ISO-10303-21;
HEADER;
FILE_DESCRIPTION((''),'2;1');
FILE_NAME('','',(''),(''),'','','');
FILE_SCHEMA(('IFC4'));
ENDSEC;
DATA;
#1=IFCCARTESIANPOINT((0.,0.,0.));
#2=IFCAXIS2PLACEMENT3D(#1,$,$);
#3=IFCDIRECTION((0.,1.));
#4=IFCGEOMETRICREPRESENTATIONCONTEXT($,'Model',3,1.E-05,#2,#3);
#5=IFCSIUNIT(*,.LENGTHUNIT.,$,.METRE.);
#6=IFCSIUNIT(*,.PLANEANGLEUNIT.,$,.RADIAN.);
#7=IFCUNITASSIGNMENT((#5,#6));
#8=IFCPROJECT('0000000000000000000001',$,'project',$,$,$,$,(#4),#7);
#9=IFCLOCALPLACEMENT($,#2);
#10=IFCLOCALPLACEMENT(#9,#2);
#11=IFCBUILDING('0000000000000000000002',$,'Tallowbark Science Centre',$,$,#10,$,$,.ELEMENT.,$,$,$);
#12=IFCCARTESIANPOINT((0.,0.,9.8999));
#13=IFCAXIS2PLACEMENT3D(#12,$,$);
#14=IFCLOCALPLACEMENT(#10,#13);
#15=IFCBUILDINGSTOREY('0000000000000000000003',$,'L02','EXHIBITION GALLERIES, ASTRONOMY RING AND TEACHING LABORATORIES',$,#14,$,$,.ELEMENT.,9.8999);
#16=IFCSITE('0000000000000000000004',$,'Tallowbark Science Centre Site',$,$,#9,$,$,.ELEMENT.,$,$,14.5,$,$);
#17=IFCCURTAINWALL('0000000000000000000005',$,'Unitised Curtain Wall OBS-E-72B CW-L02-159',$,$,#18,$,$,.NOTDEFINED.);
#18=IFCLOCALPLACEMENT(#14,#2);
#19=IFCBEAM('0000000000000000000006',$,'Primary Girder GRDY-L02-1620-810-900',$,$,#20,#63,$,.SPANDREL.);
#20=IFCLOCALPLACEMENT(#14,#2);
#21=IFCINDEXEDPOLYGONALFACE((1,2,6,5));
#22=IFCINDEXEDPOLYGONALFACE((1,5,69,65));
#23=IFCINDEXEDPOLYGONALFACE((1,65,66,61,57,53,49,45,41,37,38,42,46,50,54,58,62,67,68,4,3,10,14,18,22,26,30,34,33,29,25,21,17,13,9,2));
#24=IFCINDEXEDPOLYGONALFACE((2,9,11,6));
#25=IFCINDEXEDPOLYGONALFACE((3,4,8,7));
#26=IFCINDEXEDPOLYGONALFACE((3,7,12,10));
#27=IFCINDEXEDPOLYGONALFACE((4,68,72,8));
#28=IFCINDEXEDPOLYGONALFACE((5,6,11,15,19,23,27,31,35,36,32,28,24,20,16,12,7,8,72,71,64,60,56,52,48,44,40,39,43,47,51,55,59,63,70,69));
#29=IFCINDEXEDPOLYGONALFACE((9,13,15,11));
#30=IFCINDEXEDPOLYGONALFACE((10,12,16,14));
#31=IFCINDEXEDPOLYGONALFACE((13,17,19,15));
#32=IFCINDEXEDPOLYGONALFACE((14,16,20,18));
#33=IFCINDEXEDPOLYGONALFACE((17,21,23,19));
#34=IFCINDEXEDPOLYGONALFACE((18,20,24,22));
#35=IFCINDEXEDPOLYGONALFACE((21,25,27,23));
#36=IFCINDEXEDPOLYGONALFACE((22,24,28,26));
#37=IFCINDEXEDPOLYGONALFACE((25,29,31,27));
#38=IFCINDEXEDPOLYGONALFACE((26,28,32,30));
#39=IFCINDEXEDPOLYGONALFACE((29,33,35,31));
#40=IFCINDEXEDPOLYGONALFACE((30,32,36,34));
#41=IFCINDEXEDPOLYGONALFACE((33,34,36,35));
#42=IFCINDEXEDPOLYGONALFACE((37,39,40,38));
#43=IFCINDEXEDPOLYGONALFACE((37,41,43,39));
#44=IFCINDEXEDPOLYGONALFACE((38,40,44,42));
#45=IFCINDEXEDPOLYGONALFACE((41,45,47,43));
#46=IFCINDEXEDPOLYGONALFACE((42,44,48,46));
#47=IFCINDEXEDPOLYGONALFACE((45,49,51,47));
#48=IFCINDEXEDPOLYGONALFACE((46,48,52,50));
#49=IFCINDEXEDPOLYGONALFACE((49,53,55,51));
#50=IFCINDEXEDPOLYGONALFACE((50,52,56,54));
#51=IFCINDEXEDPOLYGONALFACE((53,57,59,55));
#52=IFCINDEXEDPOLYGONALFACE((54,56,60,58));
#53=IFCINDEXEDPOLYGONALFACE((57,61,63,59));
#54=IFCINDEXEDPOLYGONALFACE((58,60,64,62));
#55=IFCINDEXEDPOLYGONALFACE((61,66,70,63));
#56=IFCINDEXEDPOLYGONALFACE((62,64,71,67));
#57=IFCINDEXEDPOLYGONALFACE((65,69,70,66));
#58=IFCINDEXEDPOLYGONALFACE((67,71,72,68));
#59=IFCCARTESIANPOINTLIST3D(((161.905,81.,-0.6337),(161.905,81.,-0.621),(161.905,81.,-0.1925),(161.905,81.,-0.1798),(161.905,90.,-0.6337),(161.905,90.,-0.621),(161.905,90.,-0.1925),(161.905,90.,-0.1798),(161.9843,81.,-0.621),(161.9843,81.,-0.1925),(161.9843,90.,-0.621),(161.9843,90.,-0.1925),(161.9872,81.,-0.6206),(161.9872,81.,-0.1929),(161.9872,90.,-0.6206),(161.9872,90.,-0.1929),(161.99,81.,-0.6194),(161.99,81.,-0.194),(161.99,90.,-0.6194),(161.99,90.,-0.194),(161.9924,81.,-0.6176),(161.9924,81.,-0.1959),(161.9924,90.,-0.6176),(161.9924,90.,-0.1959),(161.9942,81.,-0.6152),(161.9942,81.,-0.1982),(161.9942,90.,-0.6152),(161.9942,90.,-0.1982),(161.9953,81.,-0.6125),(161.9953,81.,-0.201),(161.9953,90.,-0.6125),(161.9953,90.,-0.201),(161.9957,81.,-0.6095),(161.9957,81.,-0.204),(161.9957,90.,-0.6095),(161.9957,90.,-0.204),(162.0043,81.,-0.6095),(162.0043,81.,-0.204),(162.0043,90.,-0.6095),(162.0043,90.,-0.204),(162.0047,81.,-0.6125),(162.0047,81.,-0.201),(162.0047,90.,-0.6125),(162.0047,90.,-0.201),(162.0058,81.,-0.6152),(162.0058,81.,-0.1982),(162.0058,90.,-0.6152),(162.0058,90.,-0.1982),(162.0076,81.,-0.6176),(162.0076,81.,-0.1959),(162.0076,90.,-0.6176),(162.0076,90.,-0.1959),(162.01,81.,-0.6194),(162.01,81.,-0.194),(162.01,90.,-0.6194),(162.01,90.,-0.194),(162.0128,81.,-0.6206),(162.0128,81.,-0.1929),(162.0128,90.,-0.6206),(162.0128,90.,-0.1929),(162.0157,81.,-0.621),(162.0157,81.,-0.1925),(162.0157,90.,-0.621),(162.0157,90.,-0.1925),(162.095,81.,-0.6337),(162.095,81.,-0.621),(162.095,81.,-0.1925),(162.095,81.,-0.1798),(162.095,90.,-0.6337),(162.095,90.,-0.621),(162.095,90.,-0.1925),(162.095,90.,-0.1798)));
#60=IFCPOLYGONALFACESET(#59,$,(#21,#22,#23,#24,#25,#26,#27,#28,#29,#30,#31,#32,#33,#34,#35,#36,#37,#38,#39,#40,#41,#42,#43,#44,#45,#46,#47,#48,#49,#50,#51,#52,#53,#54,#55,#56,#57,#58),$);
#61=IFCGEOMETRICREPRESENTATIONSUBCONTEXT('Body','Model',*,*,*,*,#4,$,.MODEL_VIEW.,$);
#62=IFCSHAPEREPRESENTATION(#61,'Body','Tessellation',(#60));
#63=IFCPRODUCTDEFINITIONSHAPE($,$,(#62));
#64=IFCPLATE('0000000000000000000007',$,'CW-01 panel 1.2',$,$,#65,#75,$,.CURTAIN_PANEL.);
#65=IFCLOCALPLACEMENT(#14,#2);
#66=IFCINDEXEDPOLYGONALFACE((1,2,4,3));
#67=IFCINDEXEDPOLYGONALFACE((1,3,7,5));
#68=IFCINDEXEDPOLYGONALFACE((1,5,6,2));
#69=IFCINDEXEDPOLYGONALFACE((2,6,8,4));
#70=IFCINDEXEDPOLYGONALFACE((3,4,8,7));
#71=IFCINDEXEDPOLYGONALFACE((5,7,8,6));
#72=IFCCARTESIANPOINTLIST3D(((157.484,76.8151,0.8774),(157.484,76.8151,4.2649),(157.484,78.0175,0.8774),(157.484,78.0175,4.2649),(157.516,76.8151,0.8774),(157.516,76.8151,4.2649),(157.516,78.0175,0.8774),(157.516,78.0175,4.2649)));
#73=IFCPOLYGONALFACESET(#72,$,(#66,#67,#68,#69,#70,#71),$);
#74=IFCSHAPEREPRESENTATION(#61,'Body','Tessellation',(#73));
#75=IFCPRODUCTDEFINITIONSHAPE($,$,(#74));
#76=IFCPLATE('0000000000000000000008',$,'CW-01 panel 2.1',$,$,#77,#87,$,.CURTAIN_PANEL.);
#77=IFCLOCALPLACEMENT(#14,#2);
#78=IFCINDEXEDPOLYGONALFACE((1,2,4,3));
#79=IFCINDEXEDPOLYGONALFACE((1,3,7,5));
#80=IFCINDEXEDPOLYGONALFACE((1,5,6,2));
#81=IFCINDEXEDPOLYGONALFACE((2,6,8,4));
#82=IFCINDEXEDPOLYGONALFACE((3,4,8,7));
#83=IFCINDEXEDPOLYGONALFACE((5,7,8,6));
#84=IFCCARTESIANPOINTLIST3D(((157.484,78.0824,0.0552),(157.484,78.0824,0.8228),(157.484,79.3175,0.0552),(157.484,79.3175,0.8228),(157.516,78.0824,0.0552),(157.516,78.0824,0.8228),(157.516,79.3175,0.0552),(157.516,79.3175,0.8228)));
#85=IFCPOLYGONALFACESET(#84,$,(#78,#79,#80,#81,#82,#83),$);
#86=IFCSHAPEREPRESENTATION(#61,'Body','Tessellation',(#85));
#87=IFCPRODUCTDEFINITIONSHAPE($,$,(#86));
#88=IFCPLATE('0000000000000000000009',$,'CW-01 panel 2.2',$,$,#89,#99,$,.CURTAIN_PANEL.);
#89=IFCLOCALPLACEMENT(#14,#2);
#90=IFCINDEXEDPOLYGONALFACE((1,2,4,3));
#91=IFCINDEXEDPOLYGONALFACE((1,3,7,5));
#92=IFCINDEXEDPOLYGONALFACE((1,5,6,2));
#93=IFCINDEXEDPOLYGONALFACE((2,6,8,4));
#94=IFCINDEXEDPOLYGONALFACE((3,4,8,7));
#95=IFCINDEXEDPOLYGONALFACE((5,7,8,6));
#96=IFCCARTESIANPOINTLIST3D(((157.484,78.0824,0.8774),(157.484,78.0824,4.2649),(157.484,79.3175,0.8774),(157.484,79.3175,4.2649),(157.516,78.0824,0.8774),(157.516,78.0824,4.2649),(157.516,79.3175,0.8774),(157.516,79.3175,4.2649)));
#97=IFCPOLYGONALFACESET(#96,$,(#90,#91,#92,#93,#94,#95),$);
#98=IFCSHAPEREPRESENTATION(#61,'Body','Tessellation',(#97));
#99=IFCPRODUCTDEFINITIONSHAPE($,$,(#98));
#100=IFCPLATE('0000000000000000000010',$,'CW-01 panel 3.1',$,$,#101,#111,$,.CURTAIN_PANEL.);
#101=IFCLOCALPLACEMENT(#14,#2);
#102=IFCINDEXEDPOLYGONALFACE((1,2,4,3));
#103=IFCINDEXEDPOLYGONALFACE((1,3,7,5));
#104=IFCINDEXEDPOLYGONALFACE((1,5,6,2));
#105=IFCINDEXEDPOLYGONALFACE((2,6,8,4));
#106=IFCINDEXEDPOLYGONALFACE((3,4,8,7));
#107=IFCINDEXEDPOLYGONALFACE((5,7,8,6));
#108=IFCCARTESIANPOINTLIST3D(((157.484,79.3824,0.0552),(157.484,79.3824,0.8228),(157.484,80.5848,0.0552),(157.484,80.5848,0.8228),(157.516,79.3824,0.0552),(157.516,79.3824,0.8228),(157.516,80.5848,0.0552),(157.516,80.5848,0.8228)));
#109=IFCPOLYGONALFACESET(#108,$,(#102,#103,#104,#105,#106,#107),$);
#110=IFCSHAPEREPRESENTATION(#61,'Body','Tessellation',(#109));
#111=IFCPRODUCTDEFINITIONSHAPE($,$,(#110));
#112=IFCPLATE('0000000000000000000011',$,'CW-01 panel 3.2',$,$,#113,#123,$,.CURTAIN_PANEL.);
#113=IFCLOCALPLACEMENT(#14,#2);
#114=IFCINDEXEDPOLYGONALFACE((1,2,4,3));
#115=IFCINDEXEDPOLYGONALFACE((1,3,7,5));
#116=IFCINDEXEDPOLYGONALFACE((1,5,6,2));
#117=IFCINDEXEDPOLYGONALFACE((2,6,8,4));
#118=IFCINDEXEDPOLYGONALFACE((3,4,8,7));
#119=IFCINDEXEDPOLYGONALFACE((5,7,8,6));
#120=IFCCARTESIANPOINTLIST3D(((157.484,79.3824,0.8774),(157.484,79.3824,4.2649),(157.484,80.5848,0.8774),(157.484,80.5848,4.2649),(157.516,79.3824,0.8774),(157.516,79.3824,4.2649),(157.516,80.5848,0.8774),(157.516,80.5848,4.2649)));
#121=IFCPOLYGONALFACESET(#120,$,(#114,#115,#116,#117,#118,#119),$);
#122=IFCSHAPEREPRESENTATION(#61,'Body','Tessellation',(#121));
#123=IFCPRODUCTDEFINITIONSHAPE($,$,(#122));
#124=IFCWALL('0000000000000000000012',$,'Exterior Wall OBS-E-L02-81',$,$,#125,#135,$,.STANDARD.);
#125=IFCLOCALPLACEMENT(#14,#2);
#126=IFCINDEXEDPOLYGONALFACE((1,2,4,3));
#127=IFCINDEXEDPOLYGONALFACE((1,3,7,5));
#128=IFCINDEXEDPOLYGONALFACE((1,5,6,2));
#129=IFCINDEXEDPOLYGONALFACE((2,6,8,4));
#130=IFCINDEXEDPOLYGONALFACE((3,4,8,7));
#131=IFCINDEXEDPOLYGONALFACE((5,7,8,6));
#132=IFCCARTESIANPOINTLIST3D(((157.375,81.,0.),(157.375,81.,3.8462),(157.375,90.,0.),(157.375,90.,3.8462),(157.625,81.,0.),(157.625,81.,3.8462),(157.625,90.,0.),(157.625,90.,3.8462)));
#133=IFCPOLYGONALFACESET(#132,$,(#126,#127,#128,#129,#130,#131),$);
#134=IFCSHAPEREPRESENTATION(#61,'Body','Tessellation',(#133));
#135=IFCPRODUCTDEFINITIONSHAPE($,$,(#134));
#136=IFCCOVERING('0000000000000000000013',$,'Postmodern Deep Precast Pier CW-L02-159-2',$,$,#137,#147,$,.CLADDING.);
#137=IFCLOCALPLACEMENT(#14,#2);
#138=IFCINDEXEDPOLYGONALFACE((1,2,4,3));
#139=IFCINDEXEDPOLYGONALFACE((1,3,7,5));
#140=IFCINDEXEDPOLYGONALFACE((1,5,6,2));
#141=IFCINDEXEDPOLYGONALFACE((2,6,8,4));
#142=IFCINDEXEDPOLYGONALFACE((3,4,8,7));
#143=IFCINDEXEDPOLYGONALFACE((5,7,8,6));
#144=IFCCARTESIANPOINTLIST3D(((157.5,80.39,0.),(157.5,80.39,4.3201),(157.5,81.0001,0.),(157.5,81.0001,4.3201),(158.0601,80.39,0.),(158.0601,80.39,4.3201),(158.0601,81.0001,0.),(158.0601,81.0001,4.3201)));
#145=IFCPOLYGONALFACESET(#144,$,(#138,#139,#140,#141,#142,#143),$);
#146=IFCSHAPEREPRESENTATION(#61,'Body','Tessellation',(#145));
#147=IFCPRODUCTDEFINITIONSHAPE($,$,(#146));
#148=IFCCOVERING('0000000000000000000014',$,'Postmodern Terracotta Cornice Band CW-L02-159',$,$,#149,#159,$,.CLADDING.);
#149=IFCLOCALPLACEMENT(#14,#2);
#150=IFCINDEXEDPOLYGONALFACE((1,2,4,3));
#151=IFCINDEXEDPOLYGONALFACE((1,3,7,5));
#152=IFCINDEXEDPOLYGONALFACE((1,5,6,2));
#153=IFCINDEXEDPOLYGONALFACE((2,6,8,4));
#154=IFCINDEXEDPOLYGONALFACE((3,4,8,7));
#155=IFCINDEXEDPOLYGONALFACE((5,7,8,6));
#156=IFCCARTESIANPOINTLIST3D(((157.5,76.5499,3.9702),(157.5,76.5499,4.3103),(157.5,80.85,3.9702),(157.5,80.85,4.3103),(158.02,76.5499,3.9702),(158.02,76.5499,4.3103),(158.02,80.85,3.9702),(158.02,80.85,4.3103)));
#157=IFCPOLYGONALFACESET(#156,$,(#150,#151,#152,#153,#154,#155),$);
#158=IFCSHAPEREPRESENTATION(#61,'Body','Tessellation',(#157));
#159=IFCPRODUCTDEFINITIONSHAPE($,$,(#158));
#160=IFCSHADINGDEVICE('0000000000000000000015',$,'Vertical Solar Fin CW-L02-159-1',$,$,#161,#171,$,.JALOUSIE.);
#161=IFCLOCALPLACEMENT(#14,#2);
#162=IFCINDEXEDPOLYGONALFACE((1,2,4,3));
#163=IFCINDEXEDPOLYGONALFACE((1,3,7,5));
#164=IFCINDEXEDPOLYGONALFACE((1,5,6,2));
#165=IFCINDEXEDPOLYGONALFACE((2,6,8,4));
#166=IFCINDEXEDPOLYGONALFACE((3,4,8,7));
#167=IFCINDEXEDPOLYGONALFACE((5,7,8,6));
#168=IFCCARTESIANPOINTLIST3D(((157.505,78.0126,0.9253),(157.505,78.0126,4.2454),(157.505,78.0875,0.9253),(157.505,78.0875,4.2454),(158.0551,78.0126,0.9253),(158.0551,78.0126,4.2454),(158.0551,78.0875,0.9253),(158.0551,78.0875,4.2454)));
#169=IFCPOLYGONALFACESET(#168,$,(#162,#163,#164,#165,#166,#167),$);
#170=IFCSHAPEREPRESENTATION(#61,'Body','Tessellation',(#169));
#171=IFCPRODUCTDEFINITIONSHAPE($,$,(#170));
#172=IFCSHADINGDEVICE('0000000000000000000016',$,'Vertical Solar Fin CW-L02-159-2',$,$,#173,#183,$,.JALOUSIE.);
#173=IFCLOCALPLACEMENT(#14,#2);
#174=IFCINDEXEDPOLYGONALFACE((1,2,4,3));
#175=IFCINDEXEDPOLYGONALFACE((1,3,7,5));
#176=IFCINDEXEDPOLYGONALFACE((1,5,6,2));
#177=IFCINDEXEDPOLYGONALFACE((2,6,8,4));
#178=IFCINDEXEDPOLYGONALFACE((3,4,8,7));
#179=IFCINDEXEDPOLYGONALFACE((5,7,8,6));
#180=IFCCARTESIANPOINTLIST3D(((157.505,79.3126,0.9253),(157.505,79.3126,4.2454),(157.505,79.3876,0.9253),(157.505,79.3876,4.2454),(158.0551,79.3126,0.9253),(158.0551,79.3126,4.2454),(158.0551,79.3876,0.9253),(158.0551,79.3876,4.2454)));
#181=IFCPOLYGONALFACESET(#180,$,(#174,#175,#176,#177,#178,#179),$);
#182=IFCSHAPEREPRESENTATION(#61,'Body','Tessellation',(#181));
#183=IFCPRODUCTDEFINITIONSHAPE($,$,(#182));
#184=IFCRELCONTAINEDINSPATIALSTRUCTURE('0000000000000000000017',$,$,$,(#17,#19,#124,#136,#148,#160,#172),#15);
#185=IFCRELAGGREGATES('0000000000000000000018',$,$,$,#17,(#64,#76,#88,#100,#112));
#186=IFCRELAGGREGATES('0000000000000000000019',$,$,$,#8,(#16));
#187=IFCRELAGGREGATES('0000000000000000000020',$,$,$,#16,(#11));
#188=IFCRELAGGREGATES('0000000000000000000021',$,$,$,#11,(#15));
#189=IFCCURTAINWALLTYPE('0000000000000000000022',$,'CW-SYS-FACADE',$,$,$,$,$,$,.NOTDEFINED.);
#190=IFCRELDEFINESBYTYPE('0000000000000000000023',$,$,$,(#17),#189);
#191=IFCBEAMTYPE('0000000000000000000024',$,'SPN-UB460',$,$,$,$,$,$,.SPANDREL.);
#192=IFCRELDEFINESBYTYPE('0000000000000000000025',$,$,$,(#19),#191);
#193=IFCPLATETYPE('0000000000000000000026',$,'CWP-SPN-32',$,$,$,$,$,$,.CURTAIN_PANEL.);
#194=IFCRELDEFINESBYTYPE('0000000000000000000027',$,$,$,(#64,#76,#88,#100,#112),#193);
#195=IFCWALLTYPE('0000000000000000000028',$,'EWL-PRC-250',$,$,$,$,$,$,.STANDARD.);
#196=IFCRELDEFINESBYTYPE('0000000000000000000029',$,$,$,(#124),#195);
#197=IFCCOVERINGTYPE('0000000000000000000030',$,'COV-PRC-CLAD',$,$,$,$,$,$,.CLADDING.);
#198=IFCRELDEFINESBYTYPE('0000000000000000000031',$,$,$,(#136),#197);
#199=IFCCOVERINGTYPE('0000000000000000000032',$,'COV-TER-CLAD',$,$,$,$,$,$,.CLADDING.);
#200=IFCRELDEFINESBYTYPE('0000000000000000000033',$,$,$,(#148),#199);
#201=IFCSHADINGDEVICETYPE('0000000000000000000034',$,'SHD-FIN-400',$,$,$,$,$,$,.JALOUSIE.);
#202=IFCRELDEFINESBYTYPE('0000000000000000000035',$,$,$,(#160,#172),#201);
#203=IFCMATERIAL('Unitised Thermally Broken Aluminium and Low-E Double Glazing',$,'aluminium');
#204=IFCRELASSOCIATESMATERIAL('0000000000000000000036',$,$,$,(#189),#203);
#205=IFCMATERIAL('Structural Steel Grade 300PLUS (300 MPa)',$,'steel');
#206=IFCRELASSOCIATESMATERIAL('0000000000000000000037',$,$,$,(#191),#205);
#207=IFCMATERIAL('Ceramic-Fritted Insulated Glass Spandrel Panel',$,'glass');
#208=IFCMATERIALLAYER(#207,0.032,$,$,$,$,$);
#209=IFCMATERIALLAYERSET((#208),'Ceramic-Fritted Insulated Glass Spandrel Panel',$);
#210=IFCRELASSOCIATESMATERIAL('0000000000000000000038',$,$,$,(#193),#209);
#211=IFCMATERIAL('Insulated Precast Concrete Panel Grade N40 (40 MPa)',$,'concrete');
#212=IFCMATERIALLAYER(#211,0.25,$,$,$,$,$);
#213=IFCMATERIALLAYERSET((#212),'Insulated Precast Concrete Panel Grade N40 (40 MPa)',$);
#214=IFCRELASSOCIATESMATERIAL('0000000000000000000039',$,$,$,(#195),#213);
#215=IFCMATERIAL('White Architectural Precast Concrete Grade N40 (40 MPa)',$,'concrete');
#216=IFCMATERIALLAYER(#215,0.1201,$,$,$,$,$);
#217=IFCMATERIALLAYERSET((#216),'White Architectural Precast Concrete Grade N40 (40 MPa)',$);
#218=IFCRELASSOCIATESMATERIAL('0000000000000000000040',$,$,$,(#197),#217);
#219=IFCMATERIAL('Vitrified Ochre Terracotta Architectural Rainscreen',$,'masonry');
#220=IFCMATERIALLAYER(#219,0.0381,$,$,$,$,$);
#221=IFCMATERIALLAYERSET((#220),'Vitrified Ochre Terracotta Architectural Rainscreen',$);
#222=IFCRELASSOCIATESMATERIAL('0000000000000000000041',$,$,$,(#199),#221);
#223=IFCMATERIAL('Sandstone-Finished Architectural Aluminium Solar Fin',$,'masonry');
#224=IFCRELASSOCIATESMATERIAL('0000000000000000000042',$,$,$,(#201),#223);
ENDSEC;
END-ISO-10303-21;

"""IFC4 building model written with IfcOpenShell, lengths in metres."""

from ifc_helpers import new_model, si_unit, direction, frame, frame_2d, origin, origin_2d, place, context, subcontext, project, spatial, rectangle, i_section, extrude, material, layer, layer_set, material_profile, profile_set, type_object, element, aggregate, save


model = new_model("IFC4")

# Units and contexts
model_context = context("Model", 3, precision=1e-05, world=origin(), true_north=direction((0.0, 1.0)))
body_context = subcontext(model_context, "Body", "Model", "MODEL_VIEW")
ifc_project = project(units=[si_unit("LENGTHUNIT", "METRE"), si_unit("PLANEANGLEUNIT", "RADIAN")], contexts=[model_context])

# Site, building, storey
site_placement = place(None, origin())
site = spatial("IfcSite", under=ifc_project, at=site_placement, Name="Tallowbark Science Centre Site", CompositionType="ELEMENT", RefElevation=14.5)
building_placement = place(site_placement, origin())
building = spatial("IfcBuilding", under=site, at=building_placement, Name="Tallowbark Science Centre", CompositionType="ELEMENT")
storey_placement = place(building_placement, frame((0.0, 0.0, 9.8999)))
storey = spatial("IfcBuildingStorey", under=building, at=storey_placement, Name="L02", Description="EXHIBITION GALLERIES, ASTRONOMY RING AND TEACHING LABORATORIES", CompositionType="ELEMENT", Elevation=9.8999)

# Shared definitions
ifc_material_1 = material(Name="Structural Steel Grade 300PLUS (300 MPa)", Category="steel")

# Curtain wall
ifc_material_2 = material(Name="Unitised Thermally Broken Aluminium and Low-E Double Glazing", Category="aluminium")
curtain_wall_type = type_object("IfcCurtainWallType", Name="CW-SYS-FACADE", PredefinedType="NOTDEFINED", material=ifc_material_2)
curtain_wall_placement = place(storey_placement, origin())
curtain_wall = element("IfcCurtainWall", 1, at=curtain_wall_placement, inside=storey, type_object=curtain_wall_type, Name="Unitised Curtain Wall OBS-E-72B CW-L02-159", PredefinedType="NOTDEFINED")

# Beam
ifc_material_profile_1 = material_profile(ifc_material_1, i_section(OverallWidth=0.1899, OverallDepth=0.4539, WebThickness=0.0085, FlangeThickness=0.0127, FilletRadius=0.0115, at=origin_2d()), Name="460UB67.1")
ifc_profile_set_1 = profile_set([ifc_material_profile_1], Name="Structural Steel Grade 300PLUS (300 MPa)")
beam_type_1 = type_object("IfcBeamType", Name="SPN-UB460", PredefinedType="SPANDREL", material=ifc_profile_set_1)
for number, where, z_axis, x_axis, name in (
    (2, (162.0, 81.0, -0.4067), (0.0, 1.0, 0.0), (-1.0, 0.0, 0.0), "Primary Girder GRDY-L02-1620-810-900"),
):
    element("IfcBeam", number, at=place(storey_placement, frame(where, z_axis=z_axis, x_axis=x_axis)), inside=storey, type_object=beam_type_1, Name=name, PredefinedType="SPANDREL", context=body_context, shape_type="SweptSolid", body=[
        extrude(i_section(OverallWidth=0.1899, OverallDepth=0.4539, WebThickness=0.0085, FlangeThickness=0.0127, FilletRadius=0.0115, at=origin_2d()), origin(), (0.0, 0.0, 1.0), 9.0),
    ])

# Plates
ifc_material_3 = material(Name="Ceramic-Fritted Insulated Glass Spandrel Panel", Category="glass")
ifc_layer_1 = layer(ifc_material_3, 0.032)
ifc_layer_set_1 = layer_set([ifc_layer_1], Name="Ceramic-Fritted Insulated Glass Spandrel Panel")
plate_type = type_object("IfcPlateType", Name="CWP-SPN-32", PredefinedType="CURTAIN_PANEL", material=ifc_layer_set_1)
plate_1_placement = place(storey_placement, frame((157.5, 77.4163, 0.8774), z_axis=(0.0, 0.0, 1.0), x_axis=(0.0, 1.0, 0.0)))
plate_1 = element("IfcPlate", 3, at=plate_1_placement, type_object=plate_type, Name="CW-01 panel 1.2", PredefinedType="CURTAIN_PANEL", context=body_context, shape_type="SweptSolid", body=[
    extrude(rectangle(XDim=1.2024, YDim=0.032, at=origin_2d()), origin(), (0.0, 0.0, 1.0), 3.3875),
])
plate_2_placement = place(storey_placement, frame((157.5, 78.7, 0.0552), z_axis=(0.0, 0.0, 1.0), x_axis=(0.0, 1.0, 0.0)))
plate_2 = element("IfcPlate", 4, at=plate_2_placement, type_object=plate_type, Name="CW-01 panel 2.1", PredefinedType="CURTAIN_PANEL", context=body_context, shape_type="SweptSolid", body=[
    extrude(rectangle(XDim=1.2351, YDim=0.032, at=origin_2d()), origin(), (0.0, 0.0, 1.0), 0.7676),
])
plate_3_placement = place(storey_placement, frame((157.5, 78.7, 0.8774), z_axis=(0.0, 0.0, 1.0), x_axis=(0.0, 1.0, 0.0)))
plate_3 = element("IfcPlate", 5, at=plate_3_placement, type_object=plate_type, Name="CW-01 panel 2.2", PredefinedType="CURTAIN_PANEL", context=body_context, shape_type="SweptSolid", body=[
    extrude(rectangle(XDim=1.2351, YDim=0.032, at=origin_2d()), origin(), (0.0, 0.0, 1.0), 3.3875),
])
plate_4_placement = place(storey_placement, frame((157.5, 79.9836, 0.0552), z_axis=(0.0, 0.0, 1.0), x_axis=(0.0, 1.0, 0.0)))
plate_4 = element("IfcPlate", 6, at=plate_4_placement, type_object=plate_type, Name="CW-01 panel 3.1", PredefinedType="CURTAIN_PANEL", context=body_context, shape_type="SweptSolid", body=[
    extrude(rectangle(XDim=1.2024, YDim=0.032, at=origin_2d()), origin(), (0.0, 0.0, 1.0), 0.7676),
])
plate_5_placement = place(storey_placement, frame((157.5, 79.9836, 0.8774), z_axis=(0.0, 0.0, 1.0), x_axis=(0.0, 1.0, 0.0)))
plate_5 = element("IfcPlate", 7, at=plate_5_placement, type_object=plate_type, Name="CW-01 panel 3.2", PredefinedType="CURTAIN_PANEL", context=body_context, shape_type="SweptSolid", body=[
    extrude(rectangle(XDim=1.2024, YDim=0.032, at=origin_2d()), origin(), (0.0, 0.0, 1.0), 3.3875),
])
aggregate(curtain_wall, [plate_1, plate_2, plate_3, plate_4, plate_5])

# Wall
ifc_material_4 = material(Name="Insulated Precast Concrete Panel Grade N40 (40 MPa)", Category="concrete")
ifc_layer_2 = layer(ifc_material_4, 0.25)
ifc_layer_set_2 = layer_set([ifc_layer_2], Name="Insulated Precast Concrete Panel Grade N40 (40 MPa)")
wall_type = type_object("IfcWallType", Name="EWL-PRC-250", PredefinedType="STANDARD", material=ifc_layer_set_2)
wall_placement = place(storey_placement, frame((157.5, 81.0, 0.0), z_axis=(0.0, 0.0, 1.0), x_axis=(0.0, 1.0, 0.0)))
element("IfcWall", 8, at=wall_placement, inside=storey, type_object=wall_type, Name="Exterior Wall OBS-E-L02-81", PredefinedType="STANDARD", context=body_context, shape_type="SweptSolid", body=[
    extrude(rectangle(XDim=9.0, YDim=0.25, at=frame_2d((4.5, 0.0))), origin(), (0.0, 0.0, 1.0), 3.8462),
])

# Coverings
ifc_material_5 = material(Name="White Architectural Precast Concrete Grade N40 (40 MPa)", Category="concrete")
ifc_layer_3 = layer(ifc_material_5, 0.1201)
ifc_layer_set_3 = layer_set([ifc_layer_3], Name="White Architectural Precast Concrete Grade N40 (40 MPa)")
covering_type_1 = type_object("IfcCoveringType", Name="COV-PRC-CLAD", PredefinedType="CLADDING", material=ifc_layer_set_3)
covering_1_placement = place(storey_placement, frame((157.78, 80.6951, 0.0), z_axis=(0.0, 0.0, 1.0), x_axis=(0.0, 1.0, 0.0)))
element("IfcCovering", 9, at=covering_1_placement, inside=storey, type_object=covering_type_1, Name="Postmodern Deep Precast Pier CW-L02-159-2", PredefinedType="CLADDING", context=body_context, shape_type="SweptSolid", body=[
    extrude(rectangle(XDim=0.6101, YDim=0.5601, at=origin_2d()), origin(), (0.0, 0.0, 1.0), 4.3201),
])
ifc_material_6 = material(Name="Vitrified Ochre Terracotta Architectural Rainscreen", Category="masonry")
ifc_layer_4 = layer(ifc_material_6, 0.0381)
ifc_layer_set_4 = layer_set([ifc_layer_4], Name="Vitrified Ochre Terracotta Architectural Rainscreen")
covering_type_2 = type_object("IfcCoveringType", Name="COV-TER-CLAD", PredefinedType="CLADDING", material=ifc_layer_set_4)
covering_2_placement = place(storey_placement, frame((157.76, 78.7, 3.9702), z_axis=(0.0, 0.0, 1.0), x_axis=(0.0, 1.0, 0.0)))
element("IfcCovering", 10, at=covering_2_placement, inside=storey, type_object=covering_type_2, Name="Postmodern Terracotta Cornice Band CW-L02-159", PredefinedType="CLADDING", context=body_context, shape_type="SweptSolid", body=[
    extrude(rectangle(XDim=4.3, YDim=0.52, at=origin_2d()), origin(), (0.0, 0.0, 1.0), 0.3401),
])

# Shading devices
ifc_material_7 = material(Name="Sandstone-Finished Architectural Aluminium Solar Fin", Category="masonry")
shading_device_type = type_object("IfcShadingDeviceType", Name="SHD-FIN-400", PredefinedType="JALOUSIE", material=ifc_material_7)
for number, where, z_axis, x_axis, name in (
    (11, (157.78, 78.05, 0.9253), (0.0, 0.0, 1.0), (0.0, 1.0, 0.0), "Vertical Solar Fin CW-L02-159-1"),
    (12, (157.78, 79.3501, 0.9253), (0.0, 0.0, 1.0), (0.0, 1.0, 0.0), "Vertical Solar Fin CW-L02-159-2"),
):
    element("IfcShadingDevice", number, at=place(storey_placement, frame(where, z_axis=z_axis, x_axis=x_axis)), inside=storey, type_object=shading_device_type, Name=name, PredefinedType="JALOUSIE", context=body_context, shape_type="SweptSolid", body=[
        extrude(rectangle(XDim=0.075, YDim=0.55, at=origin_2d()), origin(), (0.0, 0.0, 1.0), 3.3201),
    ])

save(model, "model.ifc")
